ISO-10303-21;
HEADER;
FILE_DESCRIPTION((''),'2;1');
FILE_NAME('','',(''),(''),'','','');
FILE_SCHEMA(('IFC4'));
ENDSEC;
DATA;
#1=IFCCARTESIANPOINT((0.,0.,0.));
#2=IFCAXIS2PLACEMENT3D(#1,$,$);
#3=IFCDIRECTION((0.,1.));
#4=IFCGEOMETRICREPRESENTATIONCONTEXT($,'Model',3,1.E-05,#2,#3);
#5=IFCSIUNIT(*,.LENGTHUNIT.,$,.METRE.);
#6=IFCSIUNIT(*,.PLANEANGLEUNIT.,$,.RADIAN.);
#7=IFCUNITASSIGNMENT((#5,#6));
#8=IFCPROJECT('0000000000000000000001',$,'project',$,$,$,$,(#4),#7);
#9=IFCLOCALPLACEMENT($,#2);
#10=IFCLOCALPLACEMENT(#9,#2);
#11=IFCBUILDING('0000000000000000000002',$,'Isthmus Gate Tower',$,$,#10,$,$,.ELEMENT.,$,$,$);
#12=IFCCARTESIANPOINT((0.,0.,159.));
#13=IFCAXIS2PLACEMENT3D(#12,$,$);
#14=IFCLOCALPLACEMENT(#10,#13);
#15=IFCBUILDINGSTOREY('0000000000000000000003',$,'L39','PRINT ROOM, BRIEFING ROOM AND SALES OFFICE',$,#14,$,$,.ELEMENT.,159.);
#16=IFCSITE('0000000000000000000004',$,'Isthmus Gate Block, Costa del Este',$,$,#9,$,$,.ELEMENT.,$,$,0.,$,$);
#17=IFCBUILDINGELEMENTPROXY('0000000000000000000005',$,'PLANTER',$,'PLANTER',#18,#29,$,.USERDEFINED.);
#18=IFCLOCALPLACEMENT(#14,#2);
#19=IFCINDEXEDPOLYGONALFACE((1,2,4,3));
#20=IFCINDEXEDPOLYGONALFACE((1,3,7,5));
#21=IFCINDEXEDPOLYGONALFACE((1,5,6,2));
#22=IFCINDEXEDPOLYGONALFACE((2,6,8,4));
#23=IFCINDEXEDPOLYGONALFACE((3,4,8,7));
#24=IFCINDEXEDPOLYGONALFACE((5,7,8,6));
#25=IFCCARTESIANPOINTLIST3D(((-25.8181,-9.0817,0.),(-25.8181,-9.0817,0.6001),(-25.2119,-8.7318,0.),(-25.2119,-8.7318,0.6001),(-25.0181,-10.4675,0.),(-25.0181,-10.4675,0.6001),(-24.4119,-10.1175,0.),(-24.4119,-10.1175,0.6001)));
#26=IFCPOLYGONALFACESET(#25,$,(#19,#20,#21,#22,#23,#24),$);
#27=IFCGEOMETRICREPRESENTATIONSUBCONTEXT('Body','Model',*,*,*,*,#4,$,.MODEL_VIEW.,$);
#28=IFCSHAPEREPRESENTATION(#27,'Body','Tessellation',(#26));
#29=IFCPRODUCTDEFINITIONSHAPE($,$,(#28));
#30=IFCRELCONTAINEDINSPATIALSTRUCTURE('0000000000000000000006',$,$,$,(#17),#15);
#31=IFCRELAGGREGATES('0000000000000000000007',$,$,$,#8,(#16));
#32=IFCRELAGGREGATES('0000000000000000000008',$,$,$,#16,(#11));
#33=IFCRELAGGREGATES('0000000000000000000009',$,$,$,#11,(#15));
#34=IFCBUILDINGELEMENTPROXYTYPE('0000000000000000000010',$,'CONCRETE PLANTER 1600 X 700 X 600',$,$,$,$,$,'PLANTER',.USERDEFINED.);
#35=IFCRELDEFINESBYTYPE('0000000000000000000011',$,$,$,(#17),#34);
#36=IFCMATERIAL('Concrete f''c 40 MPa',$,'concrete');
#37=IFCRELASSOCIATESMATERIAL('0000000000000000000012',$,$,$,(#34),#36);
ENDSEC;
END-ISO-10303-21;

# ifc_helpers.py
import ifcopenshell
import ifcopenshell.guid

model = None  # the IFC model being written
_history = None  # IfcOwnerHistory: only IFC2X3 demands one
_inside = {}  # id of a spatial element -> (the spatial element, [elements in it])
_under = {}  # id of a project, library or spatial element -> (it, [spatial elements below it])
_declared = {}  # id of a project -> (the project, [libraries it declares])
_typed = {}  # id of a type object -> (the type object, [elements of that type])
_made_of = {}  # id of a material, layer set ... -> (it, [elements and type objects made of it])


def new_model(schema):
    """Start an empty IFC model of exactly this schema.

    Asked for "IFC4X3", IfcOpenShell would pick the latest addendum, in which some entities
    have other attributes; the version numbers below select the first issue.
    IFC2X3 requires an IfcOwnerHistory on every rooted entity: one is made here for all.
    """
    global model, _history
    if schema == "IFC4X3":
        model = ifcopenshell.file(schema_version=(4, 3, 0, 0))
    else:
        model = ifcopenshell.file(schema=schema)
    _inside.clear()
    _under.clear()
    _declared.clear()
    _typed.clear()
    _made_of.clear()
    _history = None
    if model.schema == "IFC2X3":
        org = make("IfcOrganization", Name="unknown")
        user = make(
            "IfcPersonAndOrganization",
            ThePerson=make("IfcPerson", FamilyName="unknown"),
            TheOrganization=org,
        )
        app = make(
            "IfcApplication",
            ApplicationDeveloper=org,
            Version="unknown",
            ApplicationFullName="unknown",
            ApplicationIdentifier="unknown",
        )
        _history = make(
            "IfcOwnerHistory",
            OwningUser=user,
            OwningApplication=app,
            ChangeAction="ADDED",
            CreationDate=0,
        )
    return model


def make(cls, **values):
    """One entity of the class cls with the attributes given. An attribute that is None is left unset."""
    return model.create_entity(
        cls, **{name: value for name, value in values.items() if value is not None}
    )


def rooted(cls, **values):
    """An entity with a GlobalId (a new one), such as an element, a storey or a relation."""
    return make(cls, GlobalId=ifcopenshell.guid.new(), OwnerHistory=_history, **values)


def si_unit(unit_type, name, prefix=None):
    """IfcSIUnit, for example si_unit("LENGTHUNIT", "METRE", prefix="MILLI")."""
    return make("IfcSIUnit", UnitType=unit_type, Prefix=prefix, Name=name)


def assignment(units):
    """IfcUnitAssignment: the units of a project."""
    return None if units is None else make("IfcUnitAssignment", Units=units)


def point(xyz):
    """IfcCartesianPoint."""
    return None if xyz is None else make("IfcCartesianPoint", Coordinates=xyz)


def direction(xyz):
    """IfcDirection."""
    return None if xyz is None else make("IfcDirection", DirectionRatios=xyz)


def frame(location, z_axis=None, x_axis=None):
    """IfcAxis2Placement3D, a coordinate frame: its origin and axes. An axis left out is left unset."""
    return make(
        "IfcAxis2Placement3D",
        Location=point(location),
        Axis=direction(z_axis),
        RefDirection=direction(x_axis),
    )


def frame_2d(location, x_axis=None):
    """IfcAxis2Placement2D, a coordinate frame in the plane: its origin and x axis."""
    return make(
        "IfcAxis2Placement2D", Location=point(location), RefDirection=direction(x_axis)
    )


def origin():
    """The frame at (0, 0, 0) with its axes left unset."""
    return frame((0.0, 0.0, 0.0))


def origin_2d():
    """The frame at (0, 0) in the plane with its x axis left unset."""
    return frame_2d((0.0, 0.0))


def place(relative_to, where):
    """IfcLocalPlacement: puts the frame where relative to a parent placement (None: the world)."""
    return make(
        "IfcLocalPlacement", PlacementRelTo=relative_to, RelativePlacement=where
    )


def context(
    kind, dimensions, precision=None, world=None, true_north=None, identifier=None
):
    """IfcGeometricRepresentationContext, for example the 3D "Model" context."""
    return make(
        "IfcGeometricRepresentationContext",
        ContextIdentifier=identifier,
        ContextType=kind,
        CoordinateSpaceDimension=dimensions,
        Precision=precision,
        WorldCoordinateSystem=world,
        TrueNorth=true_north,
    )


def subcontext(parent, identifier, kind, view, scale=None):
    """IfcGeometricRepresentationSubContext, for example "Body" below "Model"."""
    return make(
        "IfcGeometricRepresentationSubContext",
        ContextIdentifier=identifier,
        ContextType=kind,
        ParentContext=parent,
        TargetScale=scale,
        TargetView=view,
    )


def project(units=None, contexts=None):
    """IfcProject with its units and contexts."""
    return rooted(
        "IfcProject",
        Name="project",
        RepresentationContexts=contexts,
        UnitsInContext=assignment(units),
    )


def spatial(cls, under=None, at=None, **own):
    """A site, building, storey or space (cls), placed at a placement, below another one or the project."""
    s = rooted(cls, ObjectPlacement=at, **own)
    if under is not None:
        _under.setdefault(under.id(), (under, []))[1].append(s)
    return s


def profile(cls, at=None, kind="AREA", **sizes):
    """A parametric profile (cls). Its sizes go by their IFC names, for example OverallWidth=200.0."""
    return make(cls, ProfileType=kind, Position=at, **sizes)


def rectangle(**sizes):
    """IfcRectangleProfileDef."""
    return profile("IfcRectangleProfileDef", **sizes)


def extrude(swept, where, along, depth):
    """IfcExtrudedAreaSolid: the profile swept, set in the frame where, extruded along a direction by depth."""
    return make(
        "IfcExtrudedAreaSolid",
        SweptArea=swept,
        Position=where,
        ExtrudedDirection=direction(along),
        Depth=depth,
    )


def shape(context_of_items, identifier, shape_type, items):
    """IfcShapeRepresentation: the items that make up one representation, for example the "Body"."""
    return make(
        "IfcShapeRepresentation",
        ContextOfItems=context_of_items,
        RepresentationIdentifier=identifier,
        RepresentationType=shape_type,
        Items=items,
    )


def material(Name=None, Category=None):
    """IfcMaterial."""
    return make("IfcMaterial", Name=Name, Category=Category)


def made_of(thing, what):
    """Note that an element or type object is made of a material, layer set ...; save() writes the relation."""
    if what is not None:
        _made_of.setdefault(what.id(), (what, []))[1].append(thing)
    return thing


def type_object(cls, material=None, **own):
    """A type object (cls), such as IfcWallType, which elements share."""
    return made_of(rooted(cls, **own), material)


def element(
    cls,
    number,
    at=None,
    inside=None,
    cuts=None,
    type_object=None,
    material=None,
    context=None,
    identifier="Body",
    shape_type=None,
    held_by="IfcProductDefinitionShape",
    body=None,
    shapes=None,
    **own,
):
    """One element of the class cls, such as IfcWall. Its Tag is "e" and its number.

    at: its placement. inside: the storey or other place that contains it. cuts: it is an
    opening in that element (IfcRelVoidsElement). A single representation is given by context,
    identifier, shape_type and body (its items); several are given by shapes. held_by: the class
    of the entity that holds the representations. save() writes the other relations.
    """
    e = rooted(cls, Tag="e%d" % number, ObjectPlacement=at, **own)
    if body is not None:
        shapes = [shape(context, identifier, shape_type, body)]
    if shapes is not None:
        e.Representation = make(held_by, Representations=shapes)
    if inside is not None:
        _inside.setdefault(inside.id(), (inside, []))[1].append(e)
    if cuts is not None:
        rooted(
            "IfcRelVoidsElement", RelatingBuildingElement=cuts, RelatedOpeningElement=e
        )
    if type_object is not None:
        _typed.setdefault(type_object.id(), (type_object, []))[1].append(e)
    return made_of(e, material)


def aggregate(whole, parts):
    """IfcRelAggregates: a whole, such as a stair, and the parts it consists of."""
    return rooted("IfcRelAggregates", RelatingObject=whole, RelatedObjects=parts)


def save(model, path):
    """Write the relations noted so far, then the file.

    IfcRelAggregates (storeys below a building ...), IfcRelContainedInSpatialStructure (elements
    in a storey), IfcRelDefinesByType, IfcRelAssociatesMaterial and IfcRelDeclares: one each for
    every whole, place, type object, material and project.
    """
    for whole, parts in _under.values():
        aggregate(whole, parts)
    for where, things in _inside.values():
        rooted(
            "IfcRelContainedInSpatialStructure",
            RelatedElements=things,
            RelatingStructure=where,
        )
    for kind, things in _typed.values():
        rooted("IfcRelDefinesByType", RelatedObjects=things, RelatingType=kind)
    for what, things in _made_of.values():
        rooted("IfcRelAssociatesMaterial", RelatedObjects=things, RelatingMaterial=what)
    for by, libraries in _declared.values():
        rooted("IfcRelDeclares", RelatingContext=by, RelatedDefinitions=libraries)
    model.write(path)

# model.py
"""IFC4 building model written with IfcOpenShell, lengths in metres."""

from ifc_helpers import new_model, si_unit, direction, frame, origin, origin_2d, place, context, subcontext, project, spatial, rectangle, extrude, material, type_object, element, save


model = new_model("IFC4")

# Units and contexts
model_context = context("Model", 3, precision=1e-05, world=origin(), true_north=direction((0.0, 1.0)))
body_context = subcontext(model_context, "Body", "Model", "MODEL_VIEW")
ifc_project = project(units=[si_unit("LENGTHUNIT", "METRE"), si_unit("PLANEANGLEUNIT", "RADIAN")], contexts=[model_context])

# Site, building, storey
site_placement = place(None, origin())
site = spatial("IfcSite", under=ifc_project, at=site_placement, Name="Isthmus Gate Block, Costa del Este", CompositionType="ELEMENT", RefElevation=0.0)
building_placement = place(site_placement, origin())
building = spatial("IfcBuilding", under=site, at=building_placement, Name="Isthmus Gate Tower", CompositionType="ELEMENT")
storey_placement = place(building_placement, frame((0.0, 0.0, 159.0)))
storey = spatial("IfcBuildingStorey", under=building, at=storey_placement, Name="L39", Description="PRINT ROOM, BRIEFING ROOM AND SALES OFFICE", CompositionType="ELEMENT", Elevation=159.0)

# Building element proxy
ifc_material_1 = material(Name="Concrete f'c 40 MPa", Category="concrete")
building_element_proxy_type = type_object("IfcBuildingElementProxyType", Name="CONCRETE PLANTER 1600 X 700 X 600", ElementType="PLANTER", PredefinedType="USERDEFINED", material=ifc_material_1)
for number, where, z_axis, x_axis, name in (
    (1, (-25.115, -9.5996, 0.0), (0.0, 0.0, 1.0), (0.5, -0.866025, 0.0), "PLANTER"),
):
    element("IfcBuildingElementProxy", number, at=place(storey_placement, frame(where, z_axis=z_axis, x_axis=x_axis)), inside=storey, type_object=building_element_proxy_type, Name=name, ObjectType="PLANTER", PredefinedType="USERDEFINED", context=body_context, shape_type="SweptSolid", body=[
        extrude(rectangle(XDim=1.6001, YDim=0.7, at=origin_2d()), origin(), (0.0, 0.0, 1.0), 0.6001),
    ])

save(model, "model.ifc")
